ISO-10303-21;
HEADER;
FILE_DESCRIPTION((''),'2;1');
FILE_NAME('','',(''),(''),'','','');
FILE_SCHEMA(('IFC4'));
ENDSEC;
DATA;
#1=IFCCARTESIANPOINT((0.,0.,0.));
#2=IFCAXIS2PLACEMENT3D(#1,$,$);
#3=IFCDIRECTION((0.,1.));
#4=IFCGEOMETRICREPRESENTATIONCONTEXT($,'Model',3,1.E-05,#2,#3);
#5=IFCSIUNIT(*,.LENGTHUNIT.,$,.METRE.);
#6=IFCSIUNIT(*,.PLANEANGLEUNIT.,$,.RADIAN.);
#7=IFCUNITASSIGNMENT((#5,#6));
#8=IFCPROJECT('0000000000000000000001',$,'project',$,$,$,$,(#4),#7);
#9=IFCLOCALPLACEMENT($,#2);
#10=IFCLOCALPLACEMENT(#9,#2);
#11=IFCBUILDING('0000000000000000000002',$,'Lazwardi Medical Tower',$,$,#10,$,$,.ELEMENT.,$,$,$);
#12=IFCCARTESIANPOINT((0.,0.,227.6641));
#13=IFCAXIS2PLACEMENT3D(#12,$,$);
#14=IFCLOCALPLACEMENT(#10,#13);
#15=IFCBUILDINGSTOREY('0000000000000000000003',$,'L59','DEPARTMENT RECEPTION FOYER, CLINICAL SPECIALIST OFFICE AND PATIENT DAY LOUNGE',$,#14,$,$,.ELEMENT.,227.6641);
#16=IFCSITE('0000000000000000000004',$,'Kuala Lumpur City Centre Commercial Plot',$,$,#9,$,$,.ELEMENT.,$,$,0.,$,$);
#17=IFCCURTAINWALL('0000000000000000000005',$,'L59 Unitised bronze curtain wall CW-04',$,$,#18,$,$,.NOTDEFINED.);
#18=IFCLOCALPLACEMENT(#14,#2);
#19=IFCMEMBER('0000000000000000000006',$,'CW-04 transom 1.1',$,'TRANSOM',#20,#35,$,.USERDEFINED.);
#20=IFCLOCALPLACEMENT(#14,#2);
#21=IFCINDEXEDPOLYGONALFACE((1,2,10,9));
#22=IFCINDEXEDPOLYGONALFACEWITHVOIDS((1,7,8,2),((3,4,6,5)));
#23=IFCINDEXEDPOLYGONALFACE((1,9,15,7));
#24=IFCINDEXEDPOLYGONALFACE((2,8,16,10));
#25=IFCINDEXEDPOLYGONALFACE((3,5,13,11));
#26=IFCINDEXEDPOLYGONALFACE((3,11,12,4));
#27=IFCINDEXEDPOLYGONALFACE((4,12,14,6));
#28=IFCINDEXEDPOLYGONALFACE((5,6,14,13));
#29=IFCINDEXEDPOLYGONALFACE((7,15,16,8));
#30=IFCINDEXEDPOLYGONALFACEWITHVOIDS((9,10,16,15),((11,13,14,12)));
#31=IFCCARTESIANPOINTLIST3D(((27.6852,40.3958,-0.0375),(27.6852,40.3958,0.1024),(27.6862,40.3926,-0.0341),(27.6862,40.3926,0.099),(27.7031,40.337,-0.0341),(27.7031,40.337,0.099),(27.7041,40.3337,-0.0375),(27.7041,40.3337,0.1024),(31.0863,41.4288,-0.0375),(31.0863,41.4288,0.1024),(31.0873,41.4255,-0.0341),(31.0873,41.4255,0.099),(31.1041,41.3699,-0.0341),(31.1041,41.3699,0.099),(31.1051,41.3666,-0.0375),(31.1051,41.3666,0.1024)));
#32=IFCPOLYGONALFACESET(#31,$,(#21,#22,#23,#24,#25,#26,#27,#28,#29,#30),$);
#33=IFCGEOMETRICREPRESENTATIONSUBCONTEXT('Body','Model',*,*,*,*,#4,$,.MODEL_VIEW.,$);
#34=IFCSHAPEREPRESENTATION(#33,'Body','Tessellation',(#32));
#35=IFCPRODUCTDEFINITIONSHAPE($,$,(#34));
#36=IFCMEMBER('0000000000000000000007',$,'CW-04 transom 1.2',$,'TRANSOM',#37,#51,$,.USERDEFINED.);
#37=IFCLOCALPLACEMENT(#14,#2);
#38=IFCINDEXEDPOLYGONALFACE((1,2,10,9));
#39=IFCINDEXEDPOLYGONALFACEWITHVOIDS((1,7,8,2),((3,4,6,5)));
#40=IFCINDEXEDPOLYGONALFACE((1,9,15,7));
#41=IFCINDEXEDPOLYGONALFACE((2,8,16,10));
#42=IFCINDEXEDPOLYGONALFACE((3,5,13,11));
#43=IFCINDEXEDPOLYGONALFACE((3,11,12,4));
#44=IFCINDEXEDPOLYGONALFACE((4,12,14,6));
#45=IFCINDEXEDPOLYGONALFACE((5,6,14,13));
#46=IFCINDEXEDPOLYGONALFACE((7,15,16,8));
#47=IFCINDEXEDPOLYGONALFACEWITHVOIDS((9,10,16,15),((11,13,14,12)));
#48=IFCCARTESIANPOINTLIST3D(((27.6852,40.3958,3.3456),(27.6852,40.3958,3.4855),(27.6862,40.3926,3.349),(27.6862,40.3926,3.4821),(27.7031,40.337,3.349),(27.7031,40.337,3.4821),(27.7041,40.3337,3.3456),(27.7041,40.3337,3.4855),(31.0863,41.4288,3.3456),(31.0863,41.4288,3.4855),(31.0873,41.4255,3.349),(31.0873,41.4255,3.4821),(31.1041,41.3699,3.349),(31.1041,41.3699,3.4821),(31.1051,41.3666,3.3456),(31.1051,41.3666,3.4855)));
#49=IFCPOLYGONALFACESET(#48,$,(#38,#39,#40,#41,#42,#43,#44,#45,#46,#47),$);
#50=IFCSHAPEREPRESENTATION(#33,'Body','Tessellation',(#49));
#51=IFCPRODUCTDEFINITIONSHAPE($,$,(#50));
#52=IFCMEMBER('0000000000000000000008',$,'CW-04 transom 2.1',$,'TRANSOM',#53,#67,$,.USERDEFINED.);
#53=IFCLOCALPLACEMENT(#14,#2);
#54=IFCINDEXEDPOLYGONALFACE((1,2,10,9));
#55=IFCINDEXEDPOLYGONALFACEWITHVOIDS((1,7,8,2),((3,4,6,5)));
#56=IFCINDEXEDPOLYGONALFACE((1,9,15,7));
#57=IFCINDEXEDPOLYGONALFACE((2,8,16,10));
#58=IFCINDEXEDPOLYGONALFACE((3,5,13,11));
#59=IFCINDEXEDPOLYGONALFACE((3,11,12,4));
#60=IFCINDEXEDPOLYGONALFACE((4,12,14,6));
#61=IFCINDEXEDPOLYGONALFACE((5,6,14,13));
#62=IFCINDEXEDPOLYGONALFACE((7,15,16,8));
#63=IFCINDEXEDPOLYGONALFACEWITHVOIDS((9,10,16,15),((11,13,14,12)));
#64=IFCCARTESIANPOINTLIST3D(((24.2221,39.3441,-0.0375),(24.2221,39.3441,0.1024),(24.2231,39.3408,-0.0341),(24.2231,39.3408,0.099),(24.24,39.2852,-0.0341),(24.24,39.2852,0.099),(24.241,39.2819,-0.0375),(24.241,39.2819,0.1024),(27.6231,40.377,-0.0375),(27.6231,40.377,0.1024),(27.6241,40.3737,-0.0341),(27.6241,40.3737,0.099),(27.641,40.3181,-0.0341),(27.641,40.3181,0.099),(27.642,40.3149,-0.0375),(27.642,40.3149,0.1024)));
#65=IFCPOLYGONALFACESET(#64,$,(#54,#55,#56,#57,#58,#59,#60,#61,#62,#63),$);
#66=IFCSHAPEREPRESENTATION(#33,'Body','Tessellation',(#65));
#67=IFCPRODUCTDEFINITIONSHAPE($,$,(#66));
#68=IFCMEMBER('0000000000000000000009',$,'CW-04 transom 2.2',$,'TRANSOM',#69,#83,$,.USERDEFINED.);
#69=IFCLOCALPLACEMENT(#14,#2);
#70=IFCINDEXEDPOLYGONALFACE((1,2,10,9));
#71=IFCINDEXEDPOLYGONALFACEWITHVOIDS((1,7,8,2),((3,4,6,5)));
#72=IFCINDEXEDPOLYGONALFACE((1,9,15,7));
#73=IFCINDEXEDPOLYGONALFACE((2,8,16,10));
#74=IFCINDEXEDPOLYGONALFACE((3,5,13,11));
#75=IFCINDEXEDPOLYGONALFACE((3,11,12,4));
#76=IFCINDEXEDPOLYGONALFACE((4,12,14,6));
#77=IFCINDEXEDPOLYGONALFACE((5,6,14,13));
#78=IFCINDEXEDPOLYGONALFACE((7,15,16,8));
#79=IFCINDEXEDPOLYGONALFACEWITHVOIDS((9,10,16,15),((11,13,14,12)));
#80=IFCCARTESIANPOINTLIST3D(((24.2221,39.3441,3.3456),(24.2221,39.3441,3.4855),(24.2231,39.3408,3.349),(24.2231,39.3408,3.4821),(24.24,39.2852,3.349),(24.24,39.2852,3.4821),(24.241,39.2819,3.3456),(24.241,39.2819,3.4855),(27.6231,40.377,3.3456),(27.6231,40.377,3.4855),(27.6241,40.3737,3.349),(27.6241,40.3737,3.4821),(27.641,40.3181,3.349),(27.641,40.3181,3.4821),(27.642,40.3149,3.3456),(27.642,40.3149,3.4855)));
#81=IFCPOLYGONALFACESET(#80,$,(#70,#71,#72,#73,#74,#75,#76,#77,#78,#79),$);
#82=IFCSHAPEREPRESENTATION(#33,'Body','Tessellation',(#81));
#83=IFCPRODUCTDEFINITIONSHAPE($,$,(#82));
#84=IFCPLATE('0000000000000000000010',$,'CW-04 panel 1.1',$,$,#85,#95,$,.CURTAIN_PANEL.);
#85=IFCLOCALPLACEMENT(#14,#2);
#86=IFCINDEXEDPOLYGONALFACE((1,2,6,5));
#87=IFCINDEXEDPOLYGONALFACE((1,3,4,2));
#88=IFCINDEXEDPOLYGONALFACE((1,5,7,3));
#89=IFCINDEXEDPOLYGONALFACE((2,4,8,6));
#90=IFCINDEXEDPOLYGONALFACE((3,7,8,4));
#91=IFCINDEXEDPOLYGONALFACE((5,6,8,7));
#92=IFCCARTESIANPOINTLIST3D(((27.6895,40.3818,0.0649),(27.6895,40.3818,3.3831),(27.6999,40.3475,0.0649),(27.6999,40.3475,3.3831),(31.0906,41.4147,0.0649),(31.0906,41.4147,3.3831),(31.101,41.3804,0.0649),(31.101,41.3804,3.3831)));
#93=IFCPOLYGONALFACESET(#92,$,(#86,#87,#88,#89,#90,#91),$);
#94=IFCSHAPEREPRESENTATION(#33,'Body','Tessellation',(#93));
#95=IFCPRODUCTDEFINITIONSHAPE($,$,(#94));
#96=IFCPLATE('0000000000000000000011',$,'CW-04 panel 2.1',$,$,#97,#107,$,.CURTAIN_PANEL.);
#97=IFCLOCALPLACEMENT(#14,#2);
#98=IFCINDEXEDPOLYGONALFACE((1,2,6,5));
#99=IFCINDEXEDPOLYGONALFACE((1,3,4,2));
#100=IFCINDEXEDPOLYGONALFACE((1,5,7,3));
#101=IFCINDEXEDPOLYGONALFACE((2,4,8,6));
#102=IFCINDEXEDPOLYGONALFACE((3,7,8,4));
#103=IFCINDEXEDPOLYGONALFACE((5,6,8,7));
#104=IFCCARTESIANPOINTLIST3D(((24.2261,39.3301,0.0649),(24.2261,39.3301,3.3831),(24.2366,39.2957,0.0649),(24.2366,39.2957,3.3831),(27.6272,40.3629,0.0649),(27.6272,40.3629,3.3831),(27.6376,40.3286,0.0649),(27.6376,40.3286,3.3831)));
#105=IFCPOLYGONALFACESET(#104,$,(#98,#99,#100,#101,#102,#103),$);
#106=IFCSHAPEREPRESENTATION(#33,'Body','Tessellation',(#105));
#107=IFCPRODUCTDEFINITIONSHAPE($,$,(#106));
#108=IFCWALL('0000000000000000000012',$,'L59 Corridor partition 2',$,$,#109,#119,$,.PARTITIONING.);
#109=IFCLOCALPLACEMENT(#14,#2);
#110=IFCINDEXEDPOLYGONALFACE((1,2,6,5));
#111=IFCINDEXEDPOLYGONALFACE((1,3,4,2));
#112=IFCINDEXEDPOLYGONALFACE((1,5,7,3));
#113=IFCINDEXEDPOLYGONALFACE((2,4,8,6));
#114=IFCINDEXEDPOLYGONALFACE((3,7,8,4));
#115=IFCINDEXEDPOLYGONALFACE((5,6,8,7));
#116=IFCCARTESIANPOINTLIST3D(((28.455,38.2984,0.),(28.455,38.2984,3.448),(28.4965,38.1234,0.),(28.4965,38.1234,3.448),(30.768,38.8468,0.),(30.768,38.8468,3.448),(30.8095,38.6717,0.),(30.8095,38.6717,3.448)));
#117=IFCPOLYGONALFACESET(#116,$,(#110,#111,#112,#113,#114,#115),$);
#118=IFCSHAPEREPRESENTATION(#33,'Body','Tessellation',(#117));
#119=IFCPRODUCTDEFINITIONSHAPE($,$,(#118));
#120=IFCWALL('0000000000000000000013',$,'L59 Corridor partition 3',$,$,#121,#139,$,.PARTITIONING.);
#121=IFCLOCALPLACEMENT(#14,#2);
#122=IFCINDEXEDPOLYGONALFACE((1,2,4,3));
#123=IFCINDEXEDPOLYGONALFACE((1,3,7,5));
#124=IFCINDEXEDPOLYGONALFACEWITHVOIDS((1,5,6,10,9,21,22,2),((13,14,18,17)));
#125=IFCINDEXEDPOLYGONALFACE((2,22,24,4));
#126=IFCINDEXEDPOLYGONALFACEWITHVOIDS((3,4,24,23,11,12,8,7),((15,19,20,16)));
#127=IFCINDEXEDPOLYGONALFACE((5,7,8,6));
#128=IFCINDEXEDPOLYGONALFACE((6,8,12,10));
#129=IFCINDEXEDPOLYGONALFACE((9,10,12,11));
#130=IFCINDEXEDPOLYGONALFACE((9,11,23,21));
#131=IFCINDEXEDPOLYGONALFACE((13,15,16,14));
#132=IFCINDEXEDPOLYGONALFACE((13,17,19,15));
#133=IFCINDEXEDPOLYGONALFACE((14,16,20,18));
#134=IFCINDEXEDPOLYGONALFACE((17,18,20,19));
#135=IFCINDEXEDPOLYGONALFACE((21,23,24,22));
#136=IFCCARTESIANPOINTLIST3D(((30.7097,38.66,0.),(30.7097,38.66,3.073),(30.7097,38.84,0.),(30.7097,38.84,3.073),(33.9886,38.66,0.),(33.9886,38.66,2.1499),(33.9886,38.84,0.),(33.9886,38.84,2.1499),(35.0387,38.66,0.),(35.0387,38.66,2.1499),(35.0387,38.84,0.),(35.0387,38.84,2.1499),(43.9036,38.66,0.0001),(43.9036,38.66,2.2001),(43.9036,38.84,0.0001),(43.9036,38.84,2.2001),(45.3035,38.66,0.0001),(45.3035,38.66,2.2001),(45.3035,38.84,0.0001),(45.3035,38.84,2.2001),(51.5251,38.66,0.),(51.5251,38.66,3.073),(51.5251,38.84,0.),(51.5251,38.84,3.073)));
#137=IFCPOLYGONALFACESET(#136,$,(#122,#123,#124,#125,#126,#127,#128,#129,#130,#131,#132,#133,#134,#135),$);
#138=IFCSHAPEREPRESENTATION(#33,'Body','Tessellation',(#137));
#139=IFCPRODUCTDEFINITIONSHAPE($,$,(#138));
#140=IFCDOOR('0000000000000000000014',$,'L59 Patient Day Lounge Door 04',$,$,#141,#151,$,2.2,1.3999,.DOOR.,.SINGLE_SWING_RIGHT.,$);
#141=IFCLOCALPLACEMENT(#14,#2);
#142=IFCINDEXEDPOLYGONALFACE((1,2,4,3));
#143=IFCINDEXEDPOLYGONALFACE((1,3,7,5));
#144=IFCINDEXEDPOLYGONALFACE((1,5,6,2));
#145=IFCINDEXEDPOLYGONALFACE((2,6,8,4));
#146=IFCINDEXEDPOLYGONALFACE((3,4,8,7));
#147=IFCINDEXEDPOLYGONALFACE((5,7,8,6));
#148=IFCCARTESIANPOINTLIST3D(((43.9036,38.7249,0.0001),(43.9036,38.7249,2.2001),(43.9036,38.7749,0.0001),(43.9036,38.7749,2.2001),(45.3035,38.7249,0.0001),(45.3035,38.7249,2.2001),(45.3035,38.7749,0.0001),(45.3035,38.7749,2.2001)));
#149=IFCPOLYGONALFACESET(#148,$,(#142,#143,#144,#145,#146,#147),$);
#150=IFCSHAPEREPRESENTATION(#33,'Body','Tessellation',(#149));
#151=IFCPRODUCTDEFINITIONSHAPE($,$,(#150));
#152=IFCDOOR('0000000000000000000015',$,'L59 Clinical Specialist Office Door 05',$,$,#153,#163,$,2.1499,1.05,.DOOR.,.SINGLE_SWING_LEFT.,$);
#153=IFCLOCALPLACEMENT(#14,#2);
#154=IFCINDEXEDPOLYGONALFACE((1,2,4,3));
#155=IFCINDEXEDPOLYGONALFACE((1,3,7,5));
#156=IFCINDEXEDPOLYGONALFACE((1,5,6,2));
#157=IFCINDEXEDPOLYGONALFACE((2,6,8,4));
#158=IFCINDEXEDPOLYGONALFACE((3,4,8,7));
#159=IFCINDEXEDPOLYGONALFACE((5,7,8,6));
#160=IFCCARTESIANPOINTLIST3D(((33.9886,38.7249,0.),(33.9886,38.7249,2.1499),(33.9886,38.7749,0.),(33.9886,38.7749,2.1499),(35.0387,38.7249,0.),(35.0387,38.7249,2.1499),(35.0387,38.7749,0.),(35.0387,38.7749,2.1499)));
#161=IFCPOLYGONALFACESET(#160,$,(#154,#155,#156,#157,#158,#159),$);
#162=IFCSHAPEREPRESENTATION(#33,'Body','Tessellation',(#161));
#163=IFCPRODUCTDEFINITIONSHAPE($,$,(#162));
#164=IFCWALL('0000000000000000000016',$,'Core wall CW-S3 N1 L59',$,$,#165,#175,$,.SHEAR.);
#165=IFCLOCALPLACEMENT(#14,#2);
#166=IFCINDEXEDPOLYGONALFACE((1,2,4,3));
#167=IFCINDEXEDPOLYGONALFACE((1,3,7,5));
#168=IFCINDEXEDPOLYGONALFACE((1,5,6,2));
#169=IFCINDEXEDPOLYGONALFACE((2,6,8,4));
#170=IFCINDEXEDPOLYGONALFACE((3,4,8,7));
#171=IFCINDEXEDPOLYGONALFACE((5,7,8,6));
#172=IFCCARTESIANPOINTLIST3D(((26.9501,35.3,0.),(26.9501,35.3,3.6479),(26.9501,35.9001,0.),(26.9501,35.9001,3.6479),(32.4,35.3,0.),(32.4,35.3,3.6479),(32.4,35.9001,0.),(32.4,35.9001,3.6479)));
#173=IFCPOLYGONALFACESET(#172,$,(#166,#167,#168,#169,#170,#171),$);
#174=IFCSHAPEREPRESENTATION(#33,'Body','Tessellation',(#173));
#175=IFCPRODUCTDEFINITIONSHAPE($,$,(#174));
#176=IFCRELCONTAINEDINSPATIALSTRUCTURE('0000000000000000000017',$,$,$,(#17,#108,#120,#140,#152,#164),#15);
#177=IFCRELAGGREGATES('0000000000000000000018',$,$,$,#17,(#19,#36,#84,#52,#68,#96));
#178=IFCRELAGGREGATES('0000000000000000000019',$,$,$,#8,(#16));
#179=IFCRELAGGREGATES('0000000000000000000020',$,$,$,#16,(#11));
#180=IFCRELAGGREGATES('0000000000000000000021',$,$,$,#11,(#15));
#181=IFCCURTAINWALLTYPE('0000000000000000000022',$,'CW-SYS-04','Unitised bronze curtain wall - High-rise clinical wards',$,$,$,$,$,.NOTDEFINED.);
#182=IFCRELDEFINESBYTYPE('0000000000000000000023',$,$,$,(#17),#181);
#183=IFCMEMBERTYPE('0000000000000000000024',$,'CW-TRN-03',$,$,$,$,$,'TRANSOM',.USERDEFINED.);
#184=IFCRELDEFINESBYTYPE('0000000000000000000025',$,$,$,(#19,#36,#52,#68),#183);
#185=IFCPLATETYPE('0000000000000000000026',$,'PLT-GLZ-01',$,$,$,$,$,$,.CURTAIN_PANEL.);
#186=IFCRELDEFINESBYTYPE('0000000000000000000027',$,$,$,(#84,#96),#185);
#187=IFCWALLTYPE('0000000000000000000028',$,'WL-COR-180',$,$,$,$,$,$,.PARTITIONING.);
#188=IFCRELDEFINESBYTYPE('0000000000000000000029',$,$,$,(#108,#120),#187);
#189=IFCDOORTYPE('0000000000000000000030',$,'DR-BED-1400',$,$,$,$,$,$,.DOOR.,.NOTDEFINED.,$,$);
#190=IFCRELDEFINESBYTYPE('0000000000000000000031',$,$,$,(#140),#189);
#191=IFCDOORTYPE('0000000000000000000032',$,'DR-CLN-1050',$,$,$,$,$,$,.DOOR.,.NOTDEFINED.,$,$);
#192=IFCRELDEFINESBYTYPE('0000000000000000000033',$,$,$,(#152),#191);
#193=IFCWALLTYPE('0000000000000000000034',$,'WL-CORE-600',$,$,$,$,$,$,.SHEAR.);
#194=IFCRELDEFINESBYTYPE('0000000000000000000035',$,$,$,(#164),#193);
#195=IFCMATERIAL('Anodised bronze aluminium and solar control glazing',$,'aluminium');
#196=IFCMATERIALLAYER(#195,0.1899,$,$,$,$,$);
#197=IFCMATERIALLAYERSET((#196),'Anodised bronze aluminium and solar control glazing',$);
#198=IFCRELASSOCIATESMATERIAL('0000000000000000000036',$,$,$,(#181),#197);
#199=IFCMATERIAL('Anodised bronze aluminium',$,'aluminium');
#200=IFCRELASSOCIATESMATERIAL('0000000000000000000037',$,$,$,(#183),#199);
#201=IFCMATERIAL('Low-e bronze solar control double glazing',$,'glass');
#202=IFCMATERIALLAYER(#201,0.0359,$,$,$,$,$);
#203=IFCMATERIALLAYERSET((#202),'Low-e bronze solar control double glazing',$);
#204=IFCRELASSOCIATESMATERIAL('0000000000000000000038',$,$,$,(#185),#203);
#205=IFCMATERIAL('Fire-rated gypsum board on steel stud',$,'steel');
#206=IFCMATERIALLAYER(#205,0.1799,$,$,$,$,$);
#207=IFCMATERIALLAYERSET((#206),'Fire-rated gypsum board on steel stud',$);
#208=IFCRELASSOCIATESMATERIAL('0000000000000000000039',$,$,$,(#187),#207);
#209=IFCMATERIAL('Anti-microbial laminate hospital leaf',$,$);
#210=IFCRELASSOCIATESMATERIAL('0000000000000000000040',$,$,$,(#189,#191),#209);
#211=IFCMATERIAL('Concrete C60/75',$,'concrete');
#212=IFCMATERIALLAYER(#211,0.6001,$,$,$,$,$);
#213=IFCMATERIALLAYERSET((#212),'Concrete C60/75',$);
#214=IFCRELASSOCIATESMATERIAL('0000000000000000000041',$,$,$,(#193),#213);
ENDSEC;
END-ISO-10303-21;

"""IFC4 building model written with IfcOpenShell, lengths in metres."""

from ifc_helpers import new_model, si_unit, direction, frame, frame_2d, origin, origin_2d, place, context, subcontext, project, spatial, rectangle, hollow_rectangle, extrude, material, layer, layer_set, material_profile, profile_set, type_object, element, fill, aggregate, save


model = new_model("IFC4")

# Units and contexts
model_context = context("Model", 3, precision=1e-05, world=origin(), true_north=direction((0.0, 1.0)))
body_context = subcontext(model_context, "Body", "Model", "MODEL_VIEW")
ifc_project = project(units=[si_unit("LENGTHUNIT", "METRE"), si_unit("PLANEANGLEUNIT", "RADIAN")], contexts=[model_context])

# Site, building, storey
site_placement = place(None, origin())
site = spatial("IfcSite", under=ifc_project, at=site_placement, Name="Kuala Lumpur City Centre Commercial Plot", CompositionType="ELEMENT", RefElevation=0.0)
building_placement = place(site_placement, origin())
building = spatial("IfcBuilding", under=site, at=building_placement, Name="Lazwardi Medical Tower", CompositionType="ELEMENT")
storey_placement = place(building_placement, frame((0.0, 0.0, 227.6641)))
storey = spatial("IfcBuildingStorey", under=building, at=storey_placement, Name="L59", Description="DEPARTMENT RECEPTION FOYER, CLINICAL SPECIALIST OFFICE AND PATIENT DAY LOUNGE", CompositionType="ELEMENT", Elevation=227.6641)

# Shared definitions
ifc_material_1 = material(Name="Concrete C60/75", Category="concrete")

# Curtain wall, members, plates
ifc_material_2 = material(Name="Anodised bronze aluminium and solar control glazing", Category="aluminium")
ifc_layer_1 = layer(ifc_material_2, 0.1899)
ifc_layer_set_1 = layer_set([ifc_layer_1], Name="Anodised bronze aluminium and solar control glazing")
curtain_wall_type = type_object("IfcCurtainWallType", Name="CW-SYS-04", Description="Unitised bronze curtain wall - High-rise clinical wards", PredefinedType="NOTDEFINED", material=ifc_layer_set_1)
curtain_wall_placement = place(storey_placement, origin())
curtain_wall = element("IfcCurtainWall", 1, at=curtain_wall_placement, inside=storey, type_object=curtain_wall_type, Name="L59 Unitised bronze curtain wall CW-04", PredefinedType="NOTDEFINED")
ifc_material_3 = material(Name="Anodised bronze aluminium", Category="aluminium")
ifc_material_profile_1 = material_profile(ifc_material_3, hollow_rectangle(XDim=0.0649, YDim=0.1399, WallThickness=0.0034, at=origin_2d()), Name="ALU-TRANSOM 140x65x3.5")
ifc_profile_set_1 = profile_set([ifc_material_profile_1], Name="Anodised bronze aluminium")
member_type_1 = type_object("IfcMemberType", Name="CW-TRN-03", ElementType="TRANSOM", PredefinedType="USERDEFINED", material=ifc_profile_set_1)
member_1_placement = place(storey_placement, frame((31.0957, 41.3977, 0.0325), z_axis=(-0.956843, -0.290604, 0.0), x_axis=(0.290604, -0.956843, 0.0)))
member_1 = element("IfcMember", 2, at=member_1_placement, type_object=member_type_1, Name="CW-04 transom 1.1", ObjectType="TRANSOM", PredefinedType="USERDEFINED", context=body_context, shape_type="SweptSolid", body=[
    extrude(hollow_rectangle(XDim=0.0649, YDim=0.1399, WallThickness=0.0034, at=origin_2d()), origin(), (0.0, 0.0, 1.0), 3.5544),
])
member_2_placement = place(storey_placement, frame((31.0957, 41.3977, 3.4155), z_axis=(-0.956843, -0.290604, 0.0), x_axis=(0.290604, -0.956843, 0.0)))
member_2 = element("IfcMember", 3, at=member_2_placement, type_object=member_type_1, Name="CW-04 transom 1.2", ObjectType="TRANSOM", PredefinedType="USERDEFINED", context=body_context, shape_type="SweptSolid", body=[
    extrude(hollow_rectangle(XDim=0.0649, YDim=0.1399, WallThickness=0.0034, at=origin_2d()), origin(), (0.0, 0.0, 1.0), 3.5544),
])
member_3_placement = place(storey_placement, frame((27.6326, 40.3459, 0.0325), z_axis=(-0.956843, -0.290604, 0.0), x_axis=(0.290604, -0.956843, 0.0)))
member_3 = element("IfcMember", 4, at=member_3_placement, type_object=member_type_1, Name="CW-04 transom 2.1", ObjectType="TRANSOM", PredefinedType="USERDEFINED", context=body_context, shape_type="SweptSolid", body=[
    extrude(hollow_rectangle(XDim=0.0649, YDim=0.1399, WallThickness=0.0034, at=origin_2d()), origin(), (0.0, 0.0, 1.0), 3.5544),
])
member_4_placement = place(storey_placement, frame((27.6326, 40.3459, 3.4155), z_axis=(-0.956843, -0.290604, 0.0), x_axis=(0.290604, -0.956843, 0.0)))
member_4 = element("IfcMember", 5, at=member_4_placement, type_object=member_type_1, Name="CW-04 transom 2.2", ObjectType="TRANSOM", PredefinedType="USERDEFINED", context=body_context, shape_type="SweptSolid", body=[
    extrude(hollow_rectangle(XDim=0.0649, YDim=0.1399, WallThickness=0.0034, at=origin_2d()), origin(), (0.0, 0.0, 1.0), 3.5544),
])
ifc_material_4 = material(Name="Low-e bronze solar control double glazing", Category="glass")
ifc_layer_2 = layer(ifc_material_4, 0.0359)
ifc_layer_set_2 = layer_set([ifc_layer_2], Name="Low-e bronze solar control double glazing")
plate_type = type_object("IfcPlateType", Name="PLT-GLZ-01", PredefinedType="CURTAIN_PANEL", material=ifc_layer_set_2)
plate_1_placement = place(storey_placement, frame((29.3953, 40.8811, 0.0649), z_axis=(0.0, 0.0, 1.0), x_axis=(-0.95685, -0.290582, 0.0)))
plate_1 = element("IfcPlate", 6, at=plate_1_placement, type_object=plate_type, Name="CW-04 panel 1.1", PredefinedType="CURTAIN_PANEL", context=body_context, shape_type="SweptSolid", body=[
    extrude(rectangle(XDim=3.5544, YDim=0.0359, at=origin_2d()), origin(), (0.0, 0.0, 1.0), 3.3181),
])
plate_2_placement = place(storey_placement, frame((25.9319, 39.8293, 0.0649), z_axis=(0.0, 0.0, 1.0), x_axis=(-0.95685, -0.290582, 0.0)))
plate_2 = element("IfcPlate", 7, at=plate_2_placement, type_object=plate_type, Name="CW-04 panel 2.1", PredefinedType="CURTAIN_PANEL", context=body_context, shape_type="SweptSolid", body=[
    extrude(rectangle(XDim=3.5544, YDim=0.0359, at=origin_2d()), origin(), (0.0, 0.0, 1.0), 3.3181),
])
aggregate(curtain_wall, [member_1, member_2, plate_1, member_3, member_4, plate_2])

# Wall
ifc_material_5 = material(Name="Fire-rated gypsum board on steel stud", Category="steel")
ifc_layer_3 = layer(ifc_material_5, 0.1799)
ifc_layer_set_3 = layer_set([ifc_layer_3], Name="Fire-rated gypsum board on steel stud")
wall_type_1 = type_object("IfcWallType", Name="WL-COR-180", PredefinedType="PARTITIONING", material=ifc_layer_set_3)
wall_1_placement = place(storey_placement, frame((28.4758, 38.2109, 0.0), z_axis=(0.0, 0.0, 1.0), x_axis=(0.973031, 0.230676, 0.0)))
element("IfcWall", 8, at=wall_1_placement, inside=storey, type_object=wall_type_1, Name="L59 Corridor partition 2", PredefinedType="PARTITIONING", context=body_context, shape_type="SweptSolid", body=[
    extrude(rectangle(XDim=2.3772, YDim=0.1799, at=frame_2d((1.1885, 0.0))), origin(), (0.0, 0.0, 1.0), 3.448),
])

# Wall, openings, doors
wall_2_placement = place(storey_placement, frame((30.7097, 38.75, 0.0), z_axis=(0.0, 0.0, 1.0), x_axis=(1.0, 0.0, 0.0)))
wall_2 = element("IfcWall", 9, at=wall_2_placement, inside=storey, type_object=wall_type_1, Name="L59 Corridor partition 3", PredefinedType="PARTITIONING", context=body_context, shape_type="SweptSolid", body=[
    extrude(rectangle(XDim=20.8154, YDim=0.1799, at=frame_2d((10.4077, 0.0))), origin(), (0.0, 0.0, 1.0), 3.073),
])
opening_1_placement = place(wall_2_placement, frame((13.1938, 0.0, 0.0)))
opening_1 = element("IfcOpeningElement", 10, at=opening_1_placement, cuts=wall_2, PredefinedType="OPENING", context=body_context, shape_type="SweptSolid", body=[
    extrude(rectangle(XDim=1.3999, YDim=2.2, at=frame_2d((0.7, 1.1001))), frame((0.0, 0.0999, 0.0), z_axis=(0.0, -1.0, 0.0), x_axis=(1.0, 0.0, 0.0)), (0.0, 0.0, 1.0), 0.2),
])
opening_2_placement = place(wall_2_placement, frame((3.2791, 0.0, 0.0)))
opening_2 = element("IfcOpeningElement", 11, at=opening_2_placement, cuts=wall_2, PredefinedType="OPENING", context=body_context, shape_type="SweptSolid", body=[
    extrude(rectangle(XDim=1.05, YDim=2.1499, at=frame_2d((0.5249, 1.075))), frame((0.0, 0.0999, 0.0), z_axis=(0.0, -1.0, 0.0), x_axis=(1.0, 0.0, 0.0)), (0.0, 0.0, 1.0), 0.2),
])
ifc_material_6 = material(Name="Anti-microbial laminate hospital leaf")
door_type_1 = type_object("IfcDoorType", Name="DR-BED-1400", OperationType="NOTDEFINED", PredefinedType="DOOR", material=ifc_material_6)
door_1_placement = place(opening_1_placement, origin())
door_1 = element("IfcDoor", 12, at=door_1_placement, inside=storey, type_object=door_type_1, Name="L59 Patient Day Lounge Door 04", OperationType="SINGLE_SWING_RIGHT", OverallHeight=2.2, OverallWidth=1.3999, PredefinedType="DOOR", context=body_context, shape_type="SweptSolid", body=[
    extrude(rectangle(XDim=1.3999, YDim=2.2, at=frame_2d((0.7, 1.1001))), frame((0.0, 0.0249, 0.0), z_axis=(0.0, -1.0, 0.0), x_axis=(1.0, 0.0, 0.0)), (0.0, 0.0, 1.0), 0.05),
])
fill(opening_1, door_1)
door_type_2 = type_object("IfcDoorType", Name="DR-CLN-1050", OperationType="NOTDEFINED", PredefinedType="DOOR", material=ifc_material_6)
door_2_placement = place(opening_2_placement, origin())
door_2 = element("IfcDoor", 13, at=door_2_placement, inside=storey, type_object=door_type_2, Name="L59 Clinical Specialist Office Door 05", OperationType="SINGLE_SWING_LEFT", OverallHeight=2.1499, OverallWidth=1.05, PredefinedType="DOOR", context=body_context, shape_type="SweptSolid", body=[
    extrude(rectangle(XDim=1.05, YDim=2.1499, at=frame_2d((0.5249, 1.075))), frame((0.0, 0.0249, 0.0), z_axis=(0.0, -1.0, 0.0), x_axis=(1.0, 0.0, 0.0)), (0.0, 0.0, 1.0), 0.05),
])
fill(opening_2, door_2)

# Wall
ifc_layer_4 = layer(ifc_material_1, 0.6001)
ifc_layer_set_4 = layer_set([ifc_layer_4], Name="Concrete C60/75")
wall_type_2 = type_object("IfcWallType", Name="WL-CORE-600", PredefinedType="SHEAR", material=ifc_layer_set_4)
wall_3_placement = place(storey_placement, frame((26.95, 35.6001, 0.0), z_axis=(0.0, 0.0, 1.0), x_axis=(1.0, 0.0, 0.0)))
element("IfcWall", 14, at=wall_3_placement, inside=storey, type_object=wall_type_2, Name="Core wall CW-S3 N1 L59", PredefinedType="SHEAR", context=body_context, shape_type="SweptSolid", body=[
    extrude(rectangle(XDim=5.45, YDim=0.6001, at=frame_2d((2.7251, 0.0))), origin(), (0.0, 0.0, 1.0), 3.6479),
])

save(model, "model.ifc")
